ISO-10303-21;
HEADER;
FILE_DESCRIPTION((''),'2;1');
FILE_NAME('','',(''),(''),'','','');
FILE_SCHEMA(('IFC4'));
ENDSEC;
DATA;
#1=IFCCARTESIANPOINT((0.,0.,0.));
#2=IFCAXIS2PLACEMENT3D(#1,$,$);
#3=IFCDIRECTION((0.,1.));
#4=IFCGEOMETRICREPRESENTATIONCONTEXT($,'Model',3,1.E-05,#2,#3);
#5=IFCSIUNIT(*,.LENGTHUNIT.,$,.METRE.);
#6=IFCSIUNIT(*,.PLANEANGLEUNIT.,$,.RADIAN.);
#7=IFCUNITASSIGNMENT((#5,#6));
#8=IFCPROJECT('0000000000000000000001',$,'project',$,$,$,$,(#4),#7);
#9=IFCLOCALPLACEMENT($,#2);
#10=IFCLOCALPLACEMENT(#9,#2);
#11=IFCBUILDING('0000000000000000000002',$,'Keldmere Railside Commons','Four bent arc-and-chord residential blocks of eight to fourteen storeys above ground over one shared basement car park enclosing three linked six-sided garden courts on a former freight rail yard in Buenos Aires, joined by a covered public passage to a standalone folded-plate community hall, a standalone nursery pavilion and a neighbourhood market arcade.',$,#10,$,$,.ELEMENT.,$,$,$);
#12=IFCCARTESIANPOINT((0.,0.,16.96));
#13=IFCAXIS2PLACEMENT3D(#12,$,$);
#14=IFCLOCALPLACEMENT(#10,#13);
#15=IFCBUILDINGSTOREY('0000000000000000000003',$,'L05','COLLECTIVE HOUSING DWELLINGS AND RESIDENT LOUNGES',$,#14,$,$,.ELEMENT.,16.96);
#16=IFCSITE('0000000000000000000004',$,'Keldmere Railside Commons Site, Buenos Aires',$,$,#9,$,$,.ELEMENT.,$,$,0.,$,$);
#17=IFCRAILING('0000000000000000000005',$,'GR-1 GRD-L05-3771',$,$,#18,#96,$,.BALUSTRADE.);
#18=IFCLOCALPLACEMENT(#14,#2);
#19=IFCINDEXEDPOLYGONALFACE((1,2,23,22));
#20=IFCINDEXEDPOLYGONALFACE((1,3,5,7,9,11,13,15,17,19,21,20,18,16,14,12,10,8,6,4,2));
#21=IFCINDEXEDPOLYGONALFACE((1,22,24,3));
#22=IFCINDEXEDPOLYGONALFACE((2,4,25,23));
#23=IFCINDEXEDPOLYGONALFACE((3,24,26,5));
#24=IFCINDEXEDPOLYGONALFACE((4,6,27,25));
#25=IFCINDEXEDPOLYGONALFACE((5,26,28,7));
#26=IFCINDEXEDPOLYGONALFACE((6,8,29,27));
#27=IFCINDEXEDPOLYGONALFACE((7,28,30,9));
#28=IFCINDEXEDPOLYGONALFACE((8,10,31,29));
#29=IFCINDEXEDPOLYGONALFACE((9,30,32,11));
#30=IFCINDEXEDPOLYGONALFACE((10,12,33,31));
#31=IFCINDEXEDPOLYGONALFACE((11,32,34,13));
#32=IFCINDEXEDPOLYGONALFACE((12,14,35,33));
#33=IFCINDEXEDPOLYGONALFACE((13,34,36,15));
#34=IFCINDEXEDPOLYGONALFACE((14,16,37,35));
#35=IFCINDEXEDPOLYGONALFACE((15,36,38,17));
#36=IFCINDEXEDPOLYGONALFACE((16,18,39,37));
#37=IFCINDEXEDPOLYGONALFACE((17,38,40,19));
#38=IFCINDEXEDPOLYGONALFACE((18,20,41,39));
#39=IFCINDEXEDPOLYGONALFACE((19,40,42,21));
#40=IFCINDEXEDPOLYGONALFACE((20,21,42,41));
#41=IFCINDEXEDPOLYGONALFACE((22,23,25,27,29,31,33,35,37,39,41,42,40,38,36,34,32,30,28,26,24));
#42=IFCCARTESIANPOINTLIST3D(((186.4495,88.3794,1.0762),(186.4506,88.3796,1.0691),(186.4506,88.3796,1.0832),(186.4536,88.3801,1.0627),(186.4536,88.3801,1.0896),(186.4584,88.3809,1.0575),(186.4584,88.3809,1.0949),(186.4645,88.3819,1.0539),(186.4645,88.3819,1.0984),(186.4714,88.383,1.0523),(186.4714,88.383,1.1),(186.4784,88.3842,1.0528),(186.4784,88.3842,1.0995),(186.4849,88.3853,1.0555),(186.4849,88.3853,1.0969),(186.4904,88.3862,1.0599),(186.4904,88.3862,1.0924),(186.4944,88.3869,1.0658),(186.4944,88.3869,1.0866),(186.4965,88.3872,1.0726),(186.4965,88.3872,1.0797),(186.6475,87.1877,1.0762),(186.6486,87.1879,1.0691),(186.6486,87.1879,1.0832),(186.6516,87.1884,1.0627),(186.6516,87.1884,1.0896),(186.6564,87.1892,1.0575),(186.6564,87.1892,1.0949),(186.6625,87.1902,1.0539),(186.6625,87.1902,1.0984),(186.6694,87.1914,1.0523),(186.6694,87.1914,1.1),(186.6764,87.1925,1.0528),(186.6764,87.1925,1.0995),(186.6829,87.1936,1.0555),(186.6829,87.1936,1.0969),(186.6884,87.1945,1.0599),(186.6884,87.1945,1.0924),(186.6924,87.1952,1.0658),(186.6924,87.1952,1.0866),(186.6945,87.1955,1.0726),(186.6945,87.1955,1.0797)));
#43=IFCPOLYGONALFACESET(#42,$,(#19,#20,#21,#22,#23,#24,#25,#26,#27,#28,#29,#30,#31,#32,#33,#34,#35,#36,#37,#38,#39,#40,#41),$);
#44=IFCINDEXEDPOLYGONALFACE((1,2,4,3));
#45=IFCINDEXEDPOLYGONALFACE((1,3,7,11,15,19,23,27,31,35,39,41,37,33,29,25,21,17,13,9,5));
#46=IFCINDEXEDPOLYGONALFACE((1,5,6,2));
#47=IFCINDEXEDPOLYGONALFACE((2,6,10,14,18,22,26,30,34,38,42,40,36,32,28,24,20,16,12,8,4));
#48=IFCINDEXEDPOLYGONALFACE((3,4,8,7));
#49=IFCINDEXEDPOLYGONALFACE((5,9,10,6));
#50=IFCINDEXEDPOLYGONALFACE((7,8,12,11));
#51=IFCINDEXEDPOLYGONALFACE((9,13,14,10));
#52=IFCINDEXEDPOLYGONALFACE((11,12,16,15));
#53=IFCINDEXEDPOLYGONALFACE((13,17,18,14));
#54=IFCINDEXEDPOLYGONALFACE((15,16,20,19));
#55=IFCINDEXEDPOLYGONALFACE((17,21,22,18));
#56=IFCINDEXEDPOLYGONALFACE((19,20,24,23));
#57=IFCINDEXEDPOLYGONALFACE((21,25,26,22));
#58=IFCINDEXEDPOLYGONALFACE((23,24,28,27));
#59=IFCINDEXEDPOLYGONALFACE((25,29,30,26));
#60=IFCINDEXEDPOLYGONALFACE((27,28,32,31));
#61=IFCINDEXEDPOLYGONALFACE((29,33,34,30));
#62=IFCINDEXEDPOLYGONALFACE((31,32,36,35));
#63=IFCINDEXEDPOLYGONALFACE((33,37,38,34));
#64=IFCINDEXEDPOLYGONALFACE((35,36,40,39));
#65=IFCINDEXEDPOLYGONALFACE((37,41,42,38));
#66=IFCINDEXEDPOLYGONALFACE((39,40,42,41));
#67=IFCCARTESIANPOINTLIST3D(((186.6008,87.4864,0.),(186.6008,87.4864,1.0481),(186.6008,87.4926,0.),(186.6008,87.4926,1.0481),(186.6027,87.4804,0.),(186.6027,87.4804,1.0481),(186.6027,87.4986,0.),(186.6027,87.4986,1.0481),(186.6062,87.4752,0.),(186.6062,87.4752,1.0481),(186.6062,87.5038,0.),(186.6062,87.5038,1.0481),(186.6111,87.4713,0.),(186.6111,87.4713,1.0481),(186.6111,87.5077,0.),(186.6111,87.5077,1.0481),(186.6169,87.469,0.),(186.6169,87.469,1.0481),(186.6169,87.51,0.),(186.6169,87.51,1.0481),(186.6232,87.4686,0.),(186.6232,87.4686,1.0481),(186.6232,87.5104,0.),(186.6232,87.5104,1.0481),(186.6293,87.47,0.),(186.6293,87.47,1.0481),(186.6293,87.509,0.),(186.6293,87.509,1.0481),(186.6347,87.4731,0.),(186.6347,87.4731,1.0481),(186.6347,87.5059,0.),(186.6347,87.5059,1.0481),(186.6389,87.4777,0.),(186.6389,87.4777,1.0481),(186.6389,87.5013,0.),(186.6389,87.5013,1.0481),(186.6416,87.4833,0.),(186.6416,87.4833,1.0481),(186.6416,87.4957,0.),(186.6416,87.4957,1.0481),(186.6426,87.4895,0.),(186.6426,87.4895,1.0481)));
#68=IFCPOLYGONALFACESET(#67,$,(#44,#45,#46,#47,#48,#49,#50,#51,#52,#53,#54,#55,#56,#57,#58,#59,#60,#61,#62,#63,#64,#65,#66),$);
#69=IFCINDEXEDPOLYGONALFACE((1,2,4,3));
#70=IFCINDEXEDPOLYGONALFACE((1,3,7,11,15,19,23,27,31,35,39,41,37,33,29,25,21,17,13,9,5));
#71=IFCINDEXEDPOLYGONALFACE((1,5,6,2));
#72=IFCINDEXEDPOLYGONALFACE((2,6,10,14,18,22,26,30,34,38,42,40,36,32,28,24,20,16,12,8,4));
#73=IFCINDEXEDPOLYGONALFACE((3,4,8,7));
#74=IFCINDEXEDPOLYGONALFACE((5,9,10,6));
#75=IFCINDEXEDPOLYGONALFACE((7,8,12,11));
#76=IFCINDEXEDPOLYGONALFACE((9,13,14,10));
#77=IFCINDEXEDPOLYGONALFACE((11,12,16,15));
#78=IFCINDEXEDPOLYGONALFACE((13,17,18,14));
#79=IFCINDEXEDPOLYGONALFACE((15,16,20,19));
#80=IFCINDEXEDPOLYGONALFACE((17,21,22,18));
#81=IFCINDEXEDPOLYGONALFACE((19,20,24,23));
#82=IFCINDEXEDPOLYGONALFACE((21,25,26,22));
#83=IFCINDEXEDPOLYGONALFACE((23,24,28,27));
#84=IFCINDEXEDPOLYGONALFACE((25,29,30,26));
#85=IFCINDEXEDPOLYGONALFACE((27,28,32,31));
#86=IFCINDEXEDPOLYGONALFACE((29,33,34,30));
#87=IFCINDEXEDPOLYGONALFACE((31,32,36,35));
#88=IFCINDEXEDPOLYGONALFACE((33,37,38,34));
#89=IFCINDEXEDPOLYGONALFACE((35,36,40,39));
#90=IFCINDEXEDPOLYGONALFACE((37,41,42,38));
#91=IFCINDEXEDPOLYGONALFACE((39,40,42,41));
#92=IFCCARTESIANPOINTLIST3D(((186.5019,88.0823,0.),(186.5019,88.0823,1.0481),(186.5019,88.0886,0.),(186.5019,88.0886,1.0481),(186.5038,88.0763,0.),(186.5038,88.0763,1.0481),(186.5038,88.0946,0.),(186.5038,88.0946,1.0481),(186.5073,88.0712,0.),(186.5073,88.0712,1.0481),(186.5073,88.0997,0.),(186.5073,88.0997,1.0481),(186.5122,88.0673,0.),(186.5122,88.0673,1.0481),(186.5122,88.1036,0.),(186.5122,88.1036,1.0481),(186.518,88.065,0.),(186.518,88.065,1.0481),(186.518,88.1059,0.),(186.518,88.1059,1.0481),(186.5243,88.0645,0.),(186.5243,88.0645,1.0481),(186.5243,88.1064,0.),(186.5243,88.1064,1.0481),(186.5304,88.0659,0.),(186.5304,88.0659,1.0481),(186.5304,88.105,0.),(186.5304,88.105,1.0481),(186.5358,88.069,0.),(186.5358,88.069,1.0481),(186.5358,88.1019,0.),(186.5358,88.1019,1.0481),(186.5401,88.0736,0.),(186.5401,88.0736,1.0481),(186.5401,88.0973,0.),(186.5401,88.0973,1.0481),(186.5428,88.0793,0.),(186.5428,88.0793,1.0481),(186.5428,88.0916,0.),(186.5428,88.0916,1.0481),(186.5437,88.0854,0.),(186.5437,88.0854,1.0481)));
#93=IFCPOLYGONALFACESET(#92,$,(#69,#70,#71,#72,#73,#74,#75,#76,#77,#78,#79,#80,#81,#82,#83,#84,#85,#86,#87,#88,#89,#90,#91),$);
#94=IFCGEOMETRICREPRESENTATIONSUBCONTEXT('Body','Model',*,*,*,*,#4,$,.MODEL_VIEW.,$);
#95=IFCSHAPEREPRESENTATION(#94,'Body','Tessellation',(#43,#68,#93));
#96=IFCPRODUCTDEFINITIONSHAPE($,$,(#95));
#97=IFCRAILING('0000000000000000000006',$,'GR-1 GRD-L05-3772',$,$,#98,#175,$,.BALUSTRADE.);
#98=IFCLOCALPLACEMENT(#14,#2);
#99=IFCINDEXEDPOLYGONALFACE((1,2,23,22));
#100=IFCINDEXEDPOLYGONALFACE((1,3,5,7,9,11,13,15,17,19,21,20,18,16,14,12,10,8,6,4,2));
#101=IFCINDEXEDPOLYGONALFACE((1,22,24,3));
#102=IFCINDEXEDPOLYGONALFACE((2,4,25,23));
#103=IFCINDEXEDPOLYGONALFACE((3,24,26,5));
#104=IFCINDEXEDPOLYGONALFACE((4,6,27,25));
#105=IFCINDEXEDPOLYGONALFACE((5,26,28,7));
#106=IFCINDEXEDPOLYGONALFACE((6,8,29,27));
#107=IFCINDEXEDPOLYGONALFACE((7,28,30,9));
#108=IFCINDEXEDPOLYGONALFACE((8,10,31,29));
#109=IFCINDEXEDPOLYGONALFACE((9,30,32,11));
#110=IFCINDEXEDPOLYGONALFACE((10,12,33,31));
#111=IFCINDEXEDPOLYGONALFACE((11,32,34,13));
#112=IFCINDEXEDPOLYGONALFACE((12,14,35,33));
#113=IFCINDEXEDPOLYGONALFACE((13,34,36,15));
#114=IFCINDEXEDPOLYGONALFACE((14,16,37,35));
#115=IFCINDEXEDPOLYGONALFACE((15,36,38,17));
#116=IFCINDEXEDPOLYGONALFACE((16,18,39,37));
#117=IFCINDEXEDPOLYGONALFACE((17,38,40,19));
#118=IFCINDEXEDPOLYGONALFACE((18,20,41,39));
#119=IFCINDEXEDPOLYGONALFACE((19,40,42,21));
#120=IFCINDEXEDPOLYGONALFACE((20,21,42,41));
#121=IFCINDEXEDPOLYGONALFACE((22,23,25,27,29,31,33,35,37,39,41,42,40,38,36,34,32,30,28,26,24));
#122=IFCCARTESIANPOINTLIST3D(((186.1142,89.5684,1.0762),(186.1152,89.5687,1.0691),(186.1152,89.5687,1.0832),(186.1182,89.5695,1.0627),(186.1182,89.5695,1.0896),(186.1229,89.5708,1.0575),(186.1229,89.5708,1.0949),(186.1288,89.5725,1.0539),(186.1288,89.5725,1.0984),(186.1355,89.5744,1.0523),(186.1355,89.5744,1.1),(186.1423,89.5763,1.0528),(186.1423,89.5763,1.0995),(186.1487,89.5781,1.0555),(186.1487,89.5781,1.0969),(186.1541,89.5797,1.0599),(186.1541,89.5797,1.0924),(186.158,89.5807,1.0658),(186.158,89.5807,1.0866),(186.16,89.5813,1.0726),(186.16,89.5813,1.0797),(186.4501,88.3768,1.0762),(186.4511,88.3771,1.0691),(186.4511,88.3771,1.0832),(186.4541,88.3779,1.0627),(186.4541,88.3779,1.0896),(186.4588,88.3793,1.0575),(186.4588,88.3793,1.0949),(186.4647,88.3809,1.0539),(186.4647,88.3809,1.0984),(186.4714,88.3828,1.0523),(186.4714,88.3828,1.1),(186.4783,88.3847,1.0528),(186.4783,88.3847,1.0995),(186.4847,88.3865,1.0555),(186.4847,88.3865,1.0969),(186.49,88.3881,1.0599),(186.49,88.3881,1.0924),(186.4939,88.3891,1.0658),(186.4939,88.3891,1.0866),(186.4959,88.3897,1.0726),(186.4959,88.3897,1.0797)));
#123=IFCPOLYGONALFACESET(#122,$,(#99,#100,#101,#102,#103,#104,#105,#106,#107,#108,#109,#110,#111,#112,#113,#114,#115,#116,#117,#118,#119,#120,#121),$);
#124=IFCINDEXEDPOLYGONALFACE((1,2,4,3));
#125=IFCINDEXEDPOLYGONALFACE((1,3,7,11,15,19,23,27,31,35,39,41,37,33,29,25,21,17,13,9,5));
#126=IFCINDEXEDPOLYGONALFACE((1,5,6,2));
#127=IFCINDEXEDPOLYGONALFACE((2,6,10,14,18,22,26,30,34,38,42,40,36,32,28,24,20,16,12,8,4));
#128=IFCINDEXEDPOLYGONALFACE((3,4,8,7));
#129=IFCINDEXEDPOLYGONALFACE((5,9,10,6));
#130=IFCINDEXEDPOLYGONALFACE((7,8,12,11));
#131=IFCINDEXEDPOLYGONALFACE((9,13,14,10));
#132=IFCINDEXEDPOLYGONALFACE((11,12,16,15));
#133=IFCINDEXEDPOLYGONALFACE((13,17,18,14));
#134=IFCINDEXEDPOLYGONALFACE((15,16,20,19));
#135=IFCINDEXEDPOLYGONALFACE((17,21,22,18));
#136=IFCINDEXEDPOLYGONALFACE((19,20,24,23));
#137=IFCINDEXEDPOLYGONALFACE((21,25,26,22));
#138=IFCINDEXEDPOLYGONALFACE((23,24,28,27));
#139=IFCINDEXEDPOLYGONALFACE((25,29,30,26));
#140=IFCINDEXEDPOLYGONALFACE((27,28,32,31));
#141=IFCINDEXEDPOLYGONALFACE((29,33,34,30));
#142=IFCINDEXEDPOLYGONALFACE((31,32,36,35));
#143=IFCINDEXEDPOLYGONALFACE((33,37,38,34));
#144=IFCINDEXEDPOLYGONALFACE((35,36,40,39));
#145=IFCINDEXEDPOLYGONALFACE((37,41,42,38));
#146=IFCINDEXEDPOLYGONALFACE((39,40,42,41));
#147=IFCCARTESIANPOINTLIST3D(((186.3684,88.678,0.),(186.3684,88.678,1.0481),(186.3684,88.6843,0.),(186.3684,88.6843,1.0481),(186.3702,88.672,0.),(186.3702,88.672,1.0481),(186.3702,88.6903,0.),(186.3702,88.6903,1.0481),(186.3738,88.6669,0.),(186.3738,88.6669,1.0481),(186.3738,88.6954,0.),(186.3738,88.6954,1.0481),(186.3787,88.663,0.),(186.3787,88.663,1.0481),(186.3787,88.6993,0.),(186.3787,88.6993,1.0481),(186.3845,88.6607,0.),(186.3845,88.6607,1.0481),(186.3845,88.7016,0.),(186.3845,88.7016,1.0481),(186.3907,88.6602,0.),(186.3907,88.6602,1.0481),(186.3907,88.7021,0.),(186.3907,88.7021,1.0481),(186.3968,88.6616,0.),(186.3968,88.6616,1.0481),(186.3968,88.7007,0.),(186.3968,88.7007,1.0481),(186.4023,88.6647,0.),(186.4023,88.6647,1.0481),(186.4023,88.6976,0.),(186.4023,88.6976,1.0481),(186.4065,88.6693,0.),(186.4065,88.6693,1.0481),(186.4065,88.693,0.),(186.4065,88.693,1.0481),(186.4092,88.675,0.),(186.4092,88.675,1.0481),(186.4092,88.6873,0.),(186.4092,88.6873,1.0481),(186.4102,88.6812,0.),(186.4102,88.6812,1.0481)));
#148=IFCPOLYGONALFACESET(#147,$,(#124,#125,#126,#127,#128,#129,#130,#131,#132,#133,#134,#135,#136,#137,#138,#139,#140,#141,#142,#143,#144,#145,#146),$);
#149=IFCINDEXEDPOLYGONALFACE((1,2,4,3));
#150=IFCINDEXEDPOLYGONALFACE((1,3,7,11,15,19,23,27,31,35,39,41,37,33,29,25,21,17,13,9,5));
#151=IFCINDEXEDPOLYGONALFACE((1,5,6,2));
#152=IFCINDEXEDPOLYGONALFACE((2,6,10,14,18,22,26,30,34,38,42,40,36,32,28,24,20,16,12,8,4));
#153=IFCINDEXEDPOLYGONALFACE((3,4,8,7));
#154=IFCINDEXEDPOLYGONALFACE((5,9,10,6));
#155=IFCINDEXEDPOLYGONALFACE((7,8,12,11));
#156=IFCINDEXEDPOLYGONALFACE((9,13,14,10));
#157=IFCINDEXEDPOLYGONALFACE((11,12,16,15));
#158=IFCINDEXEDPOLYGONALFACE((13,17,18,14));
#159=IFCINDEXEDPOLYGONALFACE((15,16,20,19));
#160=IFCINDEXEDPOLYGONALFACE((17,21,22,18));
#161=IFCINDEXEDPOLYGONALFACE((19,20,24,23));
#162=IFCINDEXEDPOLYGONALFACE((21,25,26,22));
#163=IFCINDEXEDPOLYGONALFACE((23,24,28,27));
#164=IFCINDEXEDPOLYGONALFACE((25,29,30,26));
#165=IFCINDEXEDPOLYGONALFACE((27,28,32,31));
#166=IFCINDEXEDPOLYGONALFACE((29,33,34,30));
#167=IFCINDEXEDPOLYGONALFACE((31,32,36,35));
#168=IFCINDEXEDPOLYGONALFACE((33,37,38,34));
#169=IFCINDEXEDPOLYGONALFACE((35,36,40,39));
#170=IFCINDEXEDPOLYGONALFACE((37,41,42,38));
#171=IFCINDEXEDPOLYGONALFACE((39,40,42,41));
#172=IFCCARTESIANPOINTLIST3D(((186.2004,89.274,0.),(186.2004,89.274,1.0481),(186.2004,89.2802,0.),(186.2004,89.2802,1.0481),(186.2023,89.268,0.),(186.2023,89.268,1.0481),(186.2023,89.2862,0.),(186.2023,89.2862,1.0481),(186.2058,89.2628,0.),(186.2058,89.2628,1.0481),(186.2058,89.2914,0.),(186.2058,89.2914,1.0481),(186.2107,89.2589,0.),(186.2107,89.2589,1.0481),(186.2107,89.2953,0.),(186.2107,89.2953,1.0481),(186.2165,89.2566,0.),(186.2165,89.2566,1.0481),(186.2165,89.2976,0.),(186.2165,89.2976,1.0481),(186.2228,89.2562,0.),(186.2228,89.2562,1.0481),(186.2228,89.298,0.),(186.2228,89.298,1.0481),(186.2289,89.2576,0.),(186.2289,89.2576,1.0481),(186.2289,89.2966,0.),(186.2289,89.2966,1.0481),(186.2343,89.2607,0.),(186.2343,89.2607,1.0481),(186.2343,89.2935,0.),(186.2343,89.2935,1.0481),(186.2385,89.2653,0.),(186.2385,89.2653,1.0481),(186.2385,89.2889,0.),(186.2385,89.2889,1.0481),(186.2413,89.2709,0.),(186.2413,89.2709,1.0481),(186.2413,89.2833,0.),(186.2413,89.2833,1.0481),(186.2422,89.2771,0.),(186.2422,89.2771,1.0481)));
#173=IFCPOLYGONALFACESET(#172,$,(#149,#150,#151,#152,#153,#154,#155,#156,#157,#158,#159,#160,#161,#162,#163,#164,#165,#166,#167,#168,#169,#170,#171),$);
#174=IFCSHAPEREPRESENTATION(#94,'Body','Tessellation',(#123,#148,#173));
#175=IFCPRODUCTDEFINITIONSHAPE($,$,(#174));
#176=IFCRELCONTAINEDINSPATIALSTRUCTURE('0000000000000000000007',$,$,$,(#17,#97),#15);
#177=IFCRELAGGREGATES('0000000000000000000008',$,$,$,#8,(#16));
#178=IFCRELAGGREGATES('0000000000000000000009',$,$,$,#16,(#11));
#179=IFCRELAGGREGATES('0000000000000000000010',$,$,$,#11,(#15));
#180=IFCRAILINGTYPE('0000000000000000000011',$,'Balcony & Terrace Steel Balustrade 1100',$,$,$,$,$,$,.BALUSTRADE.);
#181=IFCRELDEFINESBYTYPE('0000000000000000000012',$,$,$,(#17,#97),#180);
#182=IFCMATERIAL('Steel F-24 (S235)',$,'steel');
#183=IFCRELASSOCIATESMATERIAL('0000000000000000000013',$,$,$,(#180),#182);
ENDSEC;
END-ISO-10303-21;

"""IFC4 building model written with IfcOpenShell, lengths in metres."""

from ifc_helpers import new_model, si_unit, direction, frame, origin, origin_2d, place, context, subcontext, project, spatial, circle, extrude, material, type_object, element, save


model = new_model("IFC4")

# Units and contexts
model_context = context("Model", 3, precision=1e-05, world=origin(), true_north=direction((0.0, 1.0)))
body_context = subcontext(model_context, "Body", "Model", "MODEL_VIEW")
ifc_project = project(units=[si_unit("LENGTHUNIT", "METRE"), si_unit("PLANEANGLEUNIT", "RADIAN")], contexts=[model_context])

# Site, building, storey
site_placement = place(None, origin())
site = spatial("IfcSite", under=ifc_project, at=site_placement, Name="Keldmere Railside Commons Site, Buenos Aires", CompositionType="ELEMENT", RefElevation=0.0)
building_placement = place(site_placement, origin())
building = spatial("IfcBuilding", under=site, at=building_placement, Name="Keldmere Railside Commons", Description="Four bent arc-and-chord residential blocks of eight to fourteen storeys above ground over one shared basement car park enclosing three linked six-sided garden courts on a former freight rail yard in Buenos Aires, joined by a covered public passage to a standalone folded-plate community hall, a standalone nursery pavilion and a neighbourhood market arcade.", CompositionType="ELEMENT")
storey_placement = place(building_placement, frame((0.0, 0.0, 16.96)))
storey = spatial("IfcBuildingStorey", under=building, at=storey_placement, Name="L05", Description="COLLECTIVE HOUSING DWELLINGS AND RESIDENT LOUNGES", CompositionType="ELEMENT", Elevation=16.96)

# Railings
ifc_material_1 = material(Name="Steel F-24 (S235)", Category="steel")
railing_type = type_object("IfcRailingType", Name="Balcony & Terrace Steel Balustrade 1100", PredefinedType="BALUSTRADE", material=ifc_material_1)
railing_1_placement = place(storey_placement, frame((186.6711, 87.1917, 0.0)))
element("IfcRailing", 1, at=railing_1_placement, inside=storey, type_object=railing_type, Name="GR-1 GRD-L05-3771", PredefinedType="BALUSTRADE", context=body_context, shape_type="SweptSolid", body=[
    extrude(circle(Radius=0.0239, at=origin_2d()), frame((0.0, 0.0, 1.0762), z_axis=(-0.163907, 0.986476, 0.0), x_axis=(-0.986476, -0.163907, 0.0)), (0.0, 0.0, 1.0), 1.208),
    extrude(circle(Radius=0.021, at=origin_2d()), frame((-0.0496, 0.2979, 0.0)), (0.0, 0.0, 1.0), 1.0481),
    extrude(circle(Radius=0.021, at=origin_2d()), frame((-0.1484, 0.8938, 0.0)), (0.0, 0.0, 1.0), 1.0481),
])
railing_2_placement = place(storey_placement, frame((186.4731, 88.3833, 0.0)))
element("IfcRailing", 2, at=railing_2_placement, inside=storey, type_object=railing_type, Name="GR-1 GRD-L05-3772", PredefinedType="BALUSTRADE", context=body_context, shape_type="SweptSolid", body=[
    extrude(circle(Radius=0.0239, at=origin_2d()), frame((0.0, 0.0, 1.0762), z_axis=(-0.271334, 0.962485, 0.0), x_axis=(-0.962485, -0.271334, 0.0)), (0.0, 0.0, 1.0), 1.238),
    extrude(circle(Radius=0.021, at=origin_2d()), frame((-0.084, 0.2979, 0.0)), (0.0, 0.0, 1.0), 1.0481),
    extrude(circle(Radius=0.021, at=origin_2d()), frame((-0.252, 0.8938, 0.0)), (0.0, 0.0, 1.0), 1.0481),
])

save(model, "model.ifc")
